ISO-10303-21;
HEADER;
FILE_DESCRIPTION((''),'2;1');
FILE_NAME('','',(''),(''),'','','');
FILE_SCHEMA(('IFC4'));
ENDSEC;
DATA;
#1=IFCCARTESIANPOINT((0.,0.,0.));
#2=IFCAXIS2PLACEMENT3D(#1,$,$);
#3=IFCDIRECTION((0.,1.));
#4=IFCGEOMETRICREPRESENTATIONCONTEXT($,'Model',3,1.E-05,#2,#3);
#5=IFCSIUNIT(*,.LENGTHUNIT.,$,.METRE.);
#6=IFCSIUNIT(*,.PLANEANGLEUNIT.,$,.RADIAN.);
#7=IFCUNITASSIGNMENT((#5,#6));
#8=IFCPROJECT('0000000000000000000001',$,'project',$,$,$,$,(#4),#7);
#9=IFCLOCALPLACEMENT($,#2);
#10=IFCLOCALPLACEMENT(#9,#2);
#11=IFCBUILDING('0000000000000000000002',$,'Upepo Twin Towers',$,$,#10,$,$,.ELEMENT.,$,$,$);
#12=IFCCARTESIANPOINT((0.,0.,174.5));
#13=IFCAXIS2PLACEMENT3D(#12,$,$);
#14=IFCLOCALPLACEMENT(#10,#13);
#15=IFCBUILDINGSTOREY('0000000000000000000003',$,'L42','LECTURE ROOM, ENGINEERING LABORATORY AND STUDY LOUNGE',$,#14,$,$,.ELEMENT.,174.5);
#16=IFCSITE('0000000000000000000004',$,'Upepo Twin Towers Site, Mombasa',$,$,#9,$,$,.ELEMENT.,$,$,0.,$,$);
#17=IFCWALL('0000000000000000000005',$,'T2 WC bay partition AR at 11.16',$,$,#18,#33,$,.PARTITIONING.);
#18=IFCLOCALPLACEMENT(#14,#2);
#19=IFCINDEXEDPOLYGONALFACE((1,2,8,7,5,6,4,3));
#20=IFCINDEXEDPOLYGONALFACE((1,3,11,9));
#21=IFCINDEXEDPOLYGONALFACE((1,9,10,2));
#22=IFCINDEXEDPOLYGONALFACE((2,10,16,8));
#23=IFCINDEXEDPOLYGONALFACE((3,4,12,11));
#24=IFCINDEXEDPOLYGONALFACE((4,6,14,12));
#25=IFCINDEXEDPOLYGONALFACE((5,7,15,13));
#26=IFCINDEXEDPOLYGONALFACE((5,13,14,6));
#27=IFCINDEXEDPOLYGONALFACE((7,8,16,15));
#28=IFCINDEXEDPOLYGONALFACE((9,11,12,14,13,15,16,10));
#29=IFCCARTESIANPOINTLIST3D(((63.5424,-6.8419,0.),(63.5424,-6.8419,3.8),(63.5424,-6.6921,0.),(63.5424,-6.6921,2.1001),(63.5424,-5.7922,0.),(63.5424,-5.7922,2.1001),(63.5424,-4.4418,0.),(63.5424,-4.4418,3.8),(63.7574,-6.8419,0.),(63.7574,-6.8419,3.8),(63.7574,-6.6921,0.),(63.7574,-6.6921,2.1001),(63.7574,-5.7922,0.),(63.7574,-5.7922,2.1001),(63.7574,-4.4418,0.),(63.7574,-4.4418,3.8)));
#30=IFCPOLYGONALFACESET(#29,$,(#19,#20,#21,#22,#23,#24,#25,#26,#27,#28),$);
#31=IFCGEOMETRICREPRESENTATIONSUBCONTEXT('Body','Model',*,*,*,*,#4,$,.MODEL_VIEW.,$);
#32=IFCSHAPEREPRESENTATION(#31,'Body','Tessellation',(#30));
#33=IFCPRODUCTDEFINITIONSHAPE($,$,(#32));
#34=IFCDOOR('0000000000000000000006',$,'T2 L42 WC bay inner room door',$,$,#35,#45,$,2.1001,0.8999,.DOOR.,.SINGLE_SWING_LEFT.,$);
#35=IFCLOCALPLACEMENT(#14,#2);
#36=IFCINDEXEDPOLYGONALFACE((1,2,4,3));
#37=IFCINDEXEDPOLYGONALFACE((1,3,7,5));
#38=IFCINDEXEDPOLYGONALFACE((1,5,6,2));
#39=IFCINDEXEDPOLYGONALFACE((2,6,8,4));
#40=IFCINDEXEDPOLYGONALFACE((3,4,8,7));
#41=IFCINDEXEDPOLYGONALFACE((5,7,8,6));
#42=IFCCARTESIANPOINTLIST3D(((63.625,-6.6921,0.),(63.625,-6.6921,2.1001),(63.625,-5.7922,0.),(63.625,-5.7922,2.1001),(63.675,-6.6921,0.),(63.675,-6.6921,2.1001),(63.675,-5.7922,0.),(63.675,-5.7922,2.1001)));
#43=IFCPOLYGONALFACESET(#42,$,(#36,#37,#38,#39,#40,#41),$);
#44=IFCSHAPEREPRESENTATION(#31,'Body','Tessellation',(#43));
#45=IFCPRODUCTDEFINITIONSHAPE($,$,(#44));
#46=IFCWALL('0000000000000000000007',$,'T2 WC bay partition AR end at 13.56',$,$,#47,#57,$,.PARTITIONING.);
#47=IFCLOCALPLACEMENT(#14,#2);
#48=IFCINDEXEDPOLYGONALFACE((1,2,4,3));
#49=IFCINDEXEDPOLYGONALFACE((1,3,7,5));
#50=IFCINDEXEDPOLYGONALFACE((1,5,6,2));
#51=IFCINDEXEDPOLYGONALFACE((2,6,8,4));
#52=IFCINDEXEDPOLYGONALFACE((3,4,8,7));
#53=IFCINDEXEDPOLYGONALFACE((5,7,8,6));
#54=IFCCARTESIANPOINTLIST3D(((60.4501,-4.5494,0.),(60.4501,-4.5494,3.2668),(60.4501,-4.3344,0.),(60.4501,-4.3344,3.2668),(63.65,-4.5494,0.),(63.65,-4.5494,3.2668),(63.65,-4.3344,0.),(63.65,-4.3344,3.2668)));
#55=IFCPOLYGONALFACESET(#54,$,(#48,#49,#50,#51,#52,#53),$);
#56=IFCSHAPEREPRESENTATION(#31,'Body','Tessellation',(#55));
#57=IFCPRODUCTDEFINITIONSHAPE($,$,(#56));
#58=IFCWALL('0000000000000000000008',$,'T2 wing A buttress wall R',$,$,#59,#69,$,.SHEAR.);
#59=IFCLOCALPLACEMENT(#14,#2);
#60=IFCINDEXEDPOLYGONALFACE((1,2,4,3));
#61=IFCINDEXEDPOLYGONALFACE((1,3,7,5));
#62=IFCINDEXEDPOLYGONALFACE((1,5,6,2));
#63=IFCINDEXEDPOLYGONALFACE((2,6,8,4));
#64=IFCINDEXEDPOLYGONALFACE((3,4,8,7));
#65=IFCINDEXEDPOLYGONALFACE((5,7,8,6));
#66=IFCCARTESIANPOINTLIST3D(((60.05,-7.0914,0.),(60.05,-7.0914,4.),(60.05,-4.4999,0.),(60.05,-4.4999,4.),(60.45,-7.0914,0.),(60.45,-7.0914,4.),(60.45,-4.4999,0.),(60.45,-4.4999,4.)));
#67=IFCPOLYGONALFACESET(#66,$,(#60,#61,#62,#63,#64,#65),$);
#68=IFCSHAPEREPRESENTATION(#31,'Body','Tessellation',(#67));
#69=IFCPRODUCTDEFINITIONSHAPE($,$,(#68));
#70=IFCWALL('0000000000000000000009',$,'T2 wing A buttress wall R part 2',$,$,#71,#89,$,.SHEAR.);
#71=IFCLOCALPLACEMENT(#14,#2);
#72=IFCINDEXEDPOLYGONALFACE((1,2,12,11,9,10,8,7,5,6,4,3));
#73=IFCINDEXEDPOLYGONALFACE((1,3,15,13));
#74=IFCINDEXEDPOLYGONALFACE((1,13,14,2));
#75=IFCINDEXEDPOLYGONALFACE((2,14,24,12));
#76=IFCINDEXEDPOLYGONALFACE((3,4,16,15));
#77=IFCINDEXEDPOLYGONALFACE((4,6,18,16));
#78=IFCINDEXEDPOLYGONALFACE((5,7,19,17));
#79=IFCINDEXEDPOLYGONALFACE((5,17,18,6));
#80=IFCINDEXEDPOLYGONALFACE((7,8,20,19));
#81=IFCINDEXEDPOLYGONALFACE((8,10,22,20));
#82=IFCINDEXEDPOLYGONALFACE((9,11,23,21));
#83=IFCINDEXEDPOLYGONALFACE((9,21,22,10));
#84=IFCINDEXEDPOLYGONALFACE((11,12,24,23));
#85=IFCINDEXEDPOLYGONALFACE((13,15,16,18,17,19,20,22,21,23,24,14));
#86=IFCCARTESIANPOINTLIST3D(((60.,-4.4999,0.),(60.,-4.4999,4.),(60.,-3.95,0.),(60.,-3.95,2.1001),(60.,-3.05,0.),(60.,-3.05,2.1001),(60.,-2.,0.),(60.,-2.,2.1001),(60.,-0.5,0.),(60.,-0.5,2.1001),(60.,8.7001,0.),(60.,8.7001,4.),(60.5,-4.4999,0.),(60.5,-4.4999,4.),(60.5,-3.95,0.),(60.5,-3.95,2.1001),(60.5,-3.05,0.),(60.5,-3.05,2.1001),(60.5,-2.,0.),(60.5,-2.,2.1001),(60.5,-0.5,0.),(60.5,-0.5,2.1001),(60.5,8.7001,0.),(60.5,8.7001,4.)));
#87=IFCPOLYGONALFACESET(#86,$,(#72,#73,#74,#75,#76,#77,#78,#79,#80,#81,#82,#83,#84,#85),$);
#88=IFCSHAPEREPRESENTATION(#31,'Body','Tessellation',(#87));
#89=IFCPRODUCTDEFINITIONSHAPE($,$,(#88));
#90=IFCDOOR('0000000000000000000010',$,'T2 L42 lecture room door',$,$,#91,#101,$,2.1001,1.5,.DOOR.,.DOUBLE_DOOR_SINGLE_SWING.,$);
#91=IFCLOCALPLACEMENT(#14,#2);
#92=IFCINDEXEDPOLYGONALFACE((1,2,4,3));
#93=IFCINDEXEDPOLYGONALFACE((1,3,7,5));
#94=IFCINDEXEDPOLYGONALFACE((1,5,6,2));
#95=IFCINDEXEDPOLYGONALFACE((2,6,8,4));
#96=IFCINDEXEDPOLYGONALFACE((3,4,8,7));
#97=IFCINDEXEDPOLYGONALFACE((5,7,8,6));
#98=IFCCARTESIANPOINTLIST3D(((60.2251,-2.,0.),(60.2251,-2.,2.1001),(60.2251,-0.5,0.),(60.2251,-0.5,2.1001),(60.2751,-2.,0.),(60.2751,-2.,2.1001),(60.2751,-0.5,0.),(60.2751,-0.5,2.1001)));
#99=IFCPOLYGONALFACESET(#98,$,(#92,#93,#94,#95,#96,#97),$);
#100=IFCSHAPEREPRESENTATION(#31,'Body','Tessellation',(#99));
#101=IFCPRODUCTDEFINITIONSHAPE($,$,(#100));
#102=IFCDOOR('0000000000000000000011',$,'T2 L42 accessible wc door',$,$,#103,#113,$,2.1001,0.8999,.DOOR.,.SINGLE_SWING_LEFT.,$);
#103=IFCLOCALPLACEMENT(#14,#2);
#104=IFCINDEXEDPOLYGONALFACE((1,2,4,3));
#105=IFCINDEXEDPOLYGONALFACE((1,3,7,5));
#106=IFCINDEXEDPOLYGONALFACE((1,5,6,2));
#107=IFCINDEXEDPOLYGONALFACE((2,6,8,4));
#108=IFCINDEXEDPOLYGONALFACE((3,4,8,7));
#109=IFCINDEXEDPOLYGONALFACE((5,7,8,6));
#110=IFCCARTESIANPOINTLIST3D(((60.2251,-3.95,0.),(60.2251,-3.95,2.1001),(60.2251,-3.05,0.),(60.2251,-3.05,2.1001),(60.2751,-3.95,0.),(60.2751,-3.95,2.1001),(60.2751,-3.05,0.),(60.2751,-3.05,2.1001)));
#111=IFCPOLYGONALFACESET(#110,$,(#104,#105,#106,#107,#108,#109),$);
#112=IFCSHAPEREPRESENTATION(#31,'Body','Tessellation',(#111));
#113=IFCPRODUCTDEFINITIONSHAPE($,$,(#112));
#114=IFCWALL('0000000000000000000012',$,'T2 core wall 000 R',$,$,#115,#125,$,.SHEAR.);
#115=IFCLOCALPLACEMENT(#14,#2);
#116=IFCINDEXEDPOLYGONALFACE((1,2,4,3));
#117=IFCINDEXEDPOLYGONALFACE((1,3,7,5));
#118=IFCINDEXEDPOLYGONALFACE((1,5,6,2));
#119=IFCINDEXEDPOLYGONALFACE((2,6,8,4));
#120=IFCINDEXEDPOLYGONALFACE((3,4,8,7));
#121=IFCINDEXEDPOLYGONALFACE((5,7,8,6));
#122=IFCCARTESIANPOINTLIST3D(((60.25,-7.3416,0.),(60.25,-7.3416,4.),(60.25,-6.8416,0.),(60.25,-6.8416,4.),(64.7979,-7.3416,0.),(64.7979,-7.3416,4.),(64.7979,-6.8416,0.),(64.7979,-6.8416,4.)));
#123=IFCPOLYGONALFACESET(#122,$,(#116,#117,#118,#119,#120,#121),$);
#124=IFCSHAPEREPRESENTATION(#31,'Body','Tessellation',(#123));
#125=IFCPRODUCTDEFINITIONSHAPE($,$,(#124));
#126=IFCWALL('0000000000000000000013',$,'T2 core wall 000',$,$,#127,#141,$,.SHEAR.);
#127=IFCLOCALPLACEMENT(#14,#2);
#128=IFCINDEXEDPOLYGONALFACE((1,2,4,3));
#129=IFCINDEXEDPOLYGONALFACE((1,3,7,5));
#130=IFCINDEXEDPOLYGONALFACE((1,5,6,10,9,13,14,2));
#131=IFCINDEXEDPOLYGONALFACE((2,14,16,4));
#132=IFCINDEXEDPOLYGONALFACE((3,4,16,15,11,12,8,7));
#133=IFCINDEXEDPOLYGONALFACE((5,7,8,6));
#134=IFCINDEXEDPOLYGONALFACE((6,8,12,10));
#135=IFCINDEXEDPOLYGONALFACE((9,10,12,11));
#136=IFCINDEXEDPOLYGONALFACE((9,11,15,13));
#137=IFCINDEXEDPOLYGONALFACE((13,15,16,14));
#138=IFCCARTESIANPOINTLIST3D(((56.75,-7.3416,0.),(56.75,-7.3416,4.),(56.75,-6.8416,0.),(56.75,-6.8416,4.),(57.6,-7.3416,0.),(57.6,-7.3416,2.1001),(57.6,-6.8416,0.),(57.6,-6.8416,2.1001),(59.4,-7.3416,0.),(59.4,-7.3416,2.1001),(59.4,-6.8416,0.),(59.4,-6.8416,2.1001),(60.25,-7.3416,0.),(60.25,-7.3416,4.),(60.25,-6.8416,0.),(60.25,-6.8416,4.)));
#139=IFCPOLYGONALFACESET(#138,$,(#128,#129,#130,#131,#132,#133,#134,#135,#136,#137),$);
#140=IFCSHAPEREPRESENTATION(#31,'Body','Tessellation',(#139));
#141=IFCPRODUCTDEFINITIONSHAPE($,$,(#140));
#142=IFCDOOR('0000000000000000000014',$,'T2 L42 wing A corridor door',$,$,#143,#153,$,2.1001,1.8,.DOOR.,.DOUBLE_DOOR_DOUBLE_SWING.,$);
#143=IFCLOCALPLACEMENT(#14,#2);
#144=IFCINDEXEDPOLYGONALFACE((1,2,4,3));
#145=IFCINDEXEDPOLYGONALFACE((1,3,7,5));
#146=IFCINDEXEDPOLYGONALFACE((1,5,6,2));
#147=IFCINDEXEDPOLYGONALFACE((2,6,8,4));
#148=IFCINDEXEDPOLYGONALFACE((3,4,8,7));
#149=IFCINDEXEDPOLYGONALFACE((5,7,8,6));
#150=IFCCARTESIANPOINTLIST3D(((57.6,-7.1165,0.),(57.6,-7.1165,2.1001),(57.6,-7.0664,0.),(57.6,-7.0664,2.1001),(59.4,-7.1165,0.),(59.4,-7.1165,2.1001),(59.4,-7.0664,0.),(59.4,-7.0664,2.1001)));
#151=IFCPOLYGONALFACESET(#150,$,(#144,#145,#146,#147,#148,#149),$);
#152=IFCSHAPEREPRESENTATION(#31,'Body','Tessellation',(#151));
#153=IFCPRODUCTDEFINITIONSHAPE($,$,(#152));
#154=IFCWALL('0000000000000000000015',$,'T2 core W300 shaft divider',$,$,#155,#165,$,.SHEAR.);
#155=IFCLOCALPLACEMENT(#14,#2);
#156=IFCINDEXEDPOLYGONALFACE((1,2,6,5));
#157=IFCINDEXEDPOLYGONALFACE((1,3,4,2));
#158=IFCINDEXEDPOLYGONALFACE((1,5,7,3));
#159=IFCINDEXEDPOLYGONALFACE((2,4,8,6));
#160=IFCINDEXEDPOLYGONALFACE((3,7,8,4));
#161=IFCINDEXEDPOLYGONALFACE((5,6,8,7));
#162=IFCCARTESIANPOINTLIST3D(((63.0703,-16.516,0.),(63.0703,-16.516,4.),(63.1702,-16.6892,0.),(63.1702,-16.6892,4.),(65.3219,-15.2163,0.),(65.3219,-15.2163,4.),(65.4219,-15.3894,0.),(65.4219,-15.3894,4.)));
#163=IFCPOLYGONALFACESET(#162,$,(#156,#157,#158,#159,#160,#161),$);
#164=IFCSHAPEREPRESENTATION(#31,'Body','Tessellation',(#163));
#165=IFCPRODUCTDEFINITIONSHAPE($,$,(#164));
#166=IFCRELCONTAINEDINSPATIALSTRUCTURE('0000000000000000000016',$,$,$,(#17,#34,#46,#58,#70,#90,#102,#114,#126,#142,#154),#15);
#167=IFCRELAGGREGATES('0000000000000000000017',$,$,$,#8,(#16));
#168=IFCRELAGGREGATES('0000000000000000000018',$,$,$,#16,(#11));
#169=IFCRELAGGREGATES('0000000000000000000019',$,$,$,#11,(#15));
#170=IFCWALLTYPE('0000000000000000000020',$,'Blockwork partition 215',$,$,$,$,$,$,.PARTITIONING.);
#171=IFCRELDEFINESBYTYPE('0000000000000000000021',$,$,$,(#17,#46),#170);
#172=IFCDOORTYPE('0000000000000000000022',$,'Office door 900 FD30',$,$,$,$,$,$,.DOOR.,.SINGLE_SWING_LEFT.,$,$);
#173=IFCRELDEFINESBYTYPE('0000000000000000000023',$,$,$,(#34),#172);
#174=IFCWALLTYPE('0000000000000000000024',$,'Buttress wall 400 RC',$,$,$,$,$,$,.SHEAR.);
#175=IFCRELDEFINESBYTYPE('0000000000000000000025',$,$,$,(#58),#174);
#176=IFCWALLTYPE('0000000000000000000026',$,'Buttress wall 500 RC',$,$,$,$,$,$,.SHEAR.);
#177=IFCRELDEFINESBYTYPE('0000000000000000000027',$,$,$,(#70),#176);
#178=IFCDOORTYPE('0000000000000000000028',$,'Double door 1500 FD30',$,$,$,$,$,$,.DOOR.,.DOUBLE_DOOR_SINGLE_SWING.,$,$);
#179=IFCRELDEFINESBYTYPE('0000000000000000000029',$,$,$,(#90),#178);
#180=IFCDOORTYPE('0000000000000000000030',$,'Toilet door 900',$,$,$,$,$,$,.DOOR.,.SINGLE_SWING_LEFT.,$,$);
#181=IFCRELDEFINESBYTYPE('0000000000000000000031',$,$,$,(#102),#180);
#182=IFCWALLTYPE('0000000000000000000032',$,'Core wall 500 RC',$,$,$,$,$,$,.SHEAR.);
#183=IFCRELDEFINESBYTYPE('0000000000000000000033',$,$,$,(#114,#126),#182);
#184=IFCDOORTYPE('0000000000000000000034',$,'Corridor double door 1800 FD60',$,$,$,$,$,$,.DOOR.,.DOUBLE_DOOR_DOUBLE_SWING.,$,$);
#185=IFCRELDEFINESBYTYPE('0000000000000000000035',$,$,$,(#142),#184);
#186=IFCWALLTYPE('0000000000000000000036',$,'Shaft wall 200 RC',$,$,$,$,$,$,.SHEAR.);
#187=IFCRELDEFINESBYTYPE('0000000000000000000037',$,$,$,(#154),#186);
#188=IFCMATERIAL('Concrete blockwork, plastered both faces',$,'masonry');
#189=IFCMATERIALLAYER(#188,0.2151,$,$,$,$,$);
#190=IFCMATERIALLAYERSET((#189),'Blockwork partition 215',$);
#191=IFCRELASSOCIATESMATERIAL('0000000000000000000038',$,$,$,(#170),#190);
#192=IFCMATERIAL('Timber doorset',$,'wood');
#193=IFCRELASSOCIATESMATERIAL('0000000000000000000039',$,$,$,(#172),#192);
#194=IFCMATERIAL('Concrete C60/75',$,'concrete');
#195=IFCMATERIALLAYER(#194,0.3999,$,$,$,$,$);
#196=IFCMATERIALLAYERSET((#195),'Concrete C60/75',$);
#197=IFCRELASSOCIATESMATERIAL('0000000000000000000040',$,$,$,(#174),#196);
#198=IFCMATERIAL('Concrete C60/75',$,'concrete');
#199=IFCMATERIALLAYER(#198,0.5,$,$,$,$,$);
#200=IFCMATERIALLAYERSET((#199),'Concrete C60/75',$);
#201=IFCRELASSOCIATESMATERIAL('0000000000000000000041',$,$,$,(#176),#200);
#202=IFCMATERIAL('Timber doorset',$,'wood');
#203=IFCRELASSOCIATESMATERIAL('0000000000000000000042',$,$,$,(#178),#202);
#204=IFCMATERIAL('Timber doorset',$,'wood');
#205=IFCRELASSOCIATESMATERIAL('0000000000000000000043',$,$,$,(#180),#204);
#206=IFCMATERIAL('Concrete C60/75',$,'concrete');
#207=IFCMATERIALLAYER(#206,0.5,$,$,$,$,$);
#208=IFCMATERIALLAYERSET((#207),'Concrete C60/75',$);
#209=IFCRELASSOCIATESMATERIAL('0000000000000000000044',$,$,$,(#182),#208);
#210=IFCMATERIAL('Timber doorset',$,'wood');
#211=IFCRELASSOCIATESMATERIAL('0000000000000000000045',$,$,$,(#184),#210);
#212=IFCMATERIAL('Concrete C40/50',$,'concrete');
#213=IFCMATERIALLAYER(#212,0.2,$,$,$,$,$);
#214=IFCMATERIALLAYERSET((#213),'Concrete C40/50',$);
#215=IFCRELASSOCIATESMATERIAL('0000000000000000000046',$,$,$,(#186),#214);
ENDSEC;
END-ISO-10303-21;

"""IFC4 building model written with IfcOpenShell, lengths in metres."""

from ifc_helpers import new_model, si_unit, direction, frame, frame_2d, origin, place, context, subcontext, project, spatial, rectangle, extrude, material, layer, layer_set, type_object, element, fill, save


model = new_model("IFC4")

# Units and contexts
model_context = context("Model", 3, precision=1e-05, world=origin(), true_north=direction((0.0, 1.0)))
body_context = subcontext(model_context, "Body", "Model", "MODEL_VIEW")
ifc_project = project(units=[si_unit("LENGTHUNIT", "METRE"), si_unit("PLANEANGLEUNIT", "RADIAN")], contexts=[model_context])

# Site, building, storey
site_placement = place(None, origin())
site = spatial("IfcSite", under=ifc_project, at=site_placement, Name="Upepo Twin Towers Site, Mombasa", CompositionType="ELEMENT", RefElevation=0.0)
building_placement = place(site_placement, origin())
building = spatial("IfcBuilding", under=site, at=building_placement, Name="Upepo Twin Towers", CompositionType="ELEMENT")
storey_placement = place(building_placement, frame((0.0, 0.0, 174.5)))
storey = spatial("IfcBuildingStorey", under=building, at=storey_placement, Name="L42", Description="LECTURE ROOM, ENGINEERING LABORATORY AND STUDY LOUNGE", CompositionType="ELEMENT", Elevation=174.5)

# Shared definitions
ifc_material_1 = material(Name="Concrete blockwork, plastered both faces", Category="masonry")
ifc_layer_1 = layer(ifc_material_1, 0.2151)
ifc_layer_set_1 = layer_set([ifc_layer_1], Name="Blockwork partition 215")
wall_type_1 = type_object("IfcWallType", Name="Blockwork partition 215", PredefinedType="PARTITIONING", material=ifc_layer_set_1)

# Wall, opening, door
wall_1_placement = place(storey_placement, frame((63.6499, -6.842, 0.0), z_axis=(0.0, 0.0, 1.0), x_axis=(0.0, 1.0, 0.0)))
wall_1 = element("IfcWall", 1, at=wall_1_placement, inside=storey, type_object=wall_type_1, Name="T2 WC bay partition AR at 11.16", PredefinedType="PARTITIONING", context=body_context, shape_type="SweptSolid", body=[
    extrude(rectangle(XDim=2.4001, YDim=0.2151, at=frame_2d((1.2002, 0.0))), origin(), (0.0, 0.0, 1.0), 3.8),
])
opening_1_placement = place(wall_1_placement, frame((0.1499, 0.0, 0.0)))
opening_1 = element("IfcOpeningElement", 2, at=opening_1_placement, cuts=wall_1, PredefinedType="OPENING", context=body_context, shape_type="SweptSolid", body=[
    extrude(rectangle(XDim=0.8999, YDim=2.1001, at=frame_2d((0.45, 1.05))), frame((0.0, 0.1174, 0.0), z_axis=(0.0, -1.0, 0.0), x_axis=(1.0, 0.0, 0.0)), (0.0, 0.0, 1.0), 0.2351),
])
ifc_material_2 = material(Name="Timber doorset", Category="wood")
door_type_1 = type_object("IfcDoorType", Name="Office door 900 FD30", OperationType="SINGLE_SWING_LEFT", PredefinedType="DOOR", material=ifc_material_2)
door_1_placement = place(opening_1_placement, origin())
door_1 = element("IfcDoor", 3, at=door_1_placement, inside=storey, type_object=door_type_1, Name="T2 L42 WC bay inner room door", OperationType="SINGLE_SWING_LEFT", OverallHeight=2.1001, OverallWidth=0.8999, PredefinedType="DOOR", context=body_context, shape_type="SweptSolid", body=[
    extrude(rectangle(XDim=0.8999, YDim=2.1001, at=frame_2d((0.45, 1.05))), frame((0.0, 0.0249, 0.0), z_axis=(0.0, -1.0, 0.0), x_axis=(1.0, 0.0, 0.0)), (0.0, 0.0, 1.0), 0.05),
])
fill(opening_1, door_1)

# Walls
wall_2_placement = place(storey_placement, frame((60.45, -4.4419, 0.0), z_axis=(0.0, 0.0, 1.0), x_axis=(1.0, 0.0, 0.0)))
element("IfcWall", 4, at=wall_2_placement, inside=storey, type_object=wall_type_1, Name="T2 WC bay partition AR end at 13.56", PredefinedType="PARTITIONING", context=body_context, shape_type="SweptSolid", body=[
    extrude(rectangle(XDim=3.2, YDim=0.2151, at=frame_2d((1.6001, 0.0))), origin(), (0.0, 0.0, 1.0), 3.2668),
])
ifc_material_3 = material(Name="Concrete C60/75", Category="concrete")
ifc_layer_2 = layer(ifc_material_3, 0.3999)
ifc_layer_set_2 = layer_set([ifc_layer_2], Name="Concrete C60/75")
wall_type_2 = type_object("IfcWallType", Name="Buttress wall 400 RC", PredefinedType="SHEAR", material=ifc_layer_set_2)
wall_3_placement = place(storey_placement, frame((60.25, -7.0916, 0.0), z_axis=(0.0, 0.0, 1.0), x_axis=(0.0, 1.0, 0.0)))
element("IfcWall", 5, at=wall_3_placement, inside=storey, type_object=wall_type_2, Name="T2 wing A buttress wall R", PredefinedType="SHEAR", context=body_context, shape_type="SweptSolid", body=[
    extrude(rectangle(XDim=2.5916, YDim=0.3999, at=frame_2d((1.2959, 0.0))), origin(), (0.0, 0.0, 1.0), 4.0),
])

# Wall, openings, doors
ifc_material_4 = material(Name="Concrete C60/75", Category="concrete")
ifc_layer_3 = layer(ifc_material_4, 0.5)
ifc_layer_set_3 = layer_set([ifc_layer_3], Name="Concrete C60/75")
wall_type_3 = type_object("IfcWallType", Name="Buttress wall 500 RC", PredefinedType="SHEAR", material=ifc_layer_set_3)
wall_4_placement = place(storey_placement, frame((60.25, -4.5, 0.0), z_axis=(0.0, 0.0, 1.0), x_axis=(0.0, 1.0, 0.0)))
wall_4 = element("IfcWall", 6, at=wall_4_placement, inside=storey, type_object=wall_type_3, Name="T2 wing A buttress wall R part 2", PredefinedType="SHEAR", context=body_context, shape_type="SweptSolid", body=[
    extrude(rectangle(XDim=13.2, YDim=0.5, at=frame_2d((6.6001, 0.0))), origin(), (0.0, 0.0, 1.0), 4.0),
])
opening_2_placement = place(wall_4_placement, frame((0.55, 0.0, 0.0)))
opening_2 = element("IfcOpeningElement", 7, at=opening_2_placement, cuts=wall_4, PredefinedType="OPENING", context=body_context, shape_type="SweptSolid", body=[
    extrude(rectangle(XDim=0.8999, YDim=2.1001, at=frame_2d((0.45, 1.05))), frame((0.0, 0.26, 0.0), z_axis=(0.0, -1.0, 0.0), x_axis=(1.0, 0.0, 0.0)), (0.0, 0.0, 1.0), 0.52),
])
opening_3_placement = place(wall_4_placement, frame((2.5, 0.0, 0.0)))
opening_3 = element("IfcOpeningElement", 8, at=opening_3_placement, cuts=wall_4, PredefinedType="OPENING", context=body_context, shape_type="SweptSolid", body=[
    extrude(rectangle(XDim=1.5, YDim=2.1001, at=frame_2d((0.75, 1.05))), frame((0.0, 0.26, 0.0), z_axis=(0.0, -1.0, 0.0), x_axis=(1.0, 0.0, 0.0)), (0.0, 0.0, 1.0), 0.52),
])
ifc_material_5 = material(Name="Timber doorset", Category="wood")
door_type_2 = type_object("IfcDoorType", Name="Double door 1500 FD30", OperationType="DOUBLE_DOOR_SINGLE_SWING", PredefinedType="DOOR", material=ifc_material_5)
door_2_placement = place(opening_3_placement, origin())
door_2 = element("IfcDoor", 9, at=door_2_placement, inside=storey, type_object=door_type_2, Name="T2 L42 lecture room door", OperationType="DOUBLE_DOOR_SINGLE_SWING", OverallHeight=2.1001, OverallWidth=1.5, PredefinedType="DOOR", context=body_context, shape_type="SweptSolid", body=[
    extrude(rectangle(XDim=1.5, YDim=2.1001, at=frame_2d((0.75, 1.05))), frame((0.0, 0.0249, 0.0), z_axis=(0.0, -1.0, 0.0), x_axis=(1.0, 0.0, 0.0)), (0.0, 0.0, 1.0), 0.05),
])
fill(opening_3, door_2)
ifc_material_6 = material(Name="Timber doorset", Category="wood")
door_type_3 = type_object("IfcDoorType", Name="Toilet door 900", OperationType="SINGLE_SWING_LEFT", PredefinedType="DOOR", material=ifc_material_6)
door_3_placement = place(opening_2_placement, origin())
door_3 = element("IfcDoor", 10, at=door_3_placement, inside=storey, type_object=door_type_3, Name="T2 L42 accessible wc door", OperationType="SINGLE_SWING_LEFT", OverallHeight=2.1001, OverallWidth=0.8999, PredefinedType="DOOR", context=body_context, shape_type="SweptSolid", body=[
    extrude(rectangle(XDim=0.8999, YDim=2.1001, at=frame_2d((0.45, 1.05))), frame((0.0, 0.0249, 0.0), z_axis=(0.0, -1.0, 0.0), x_axis=(1.0, 0.0, 0.0)), (0.0, 0.0, 1.0), 0.05),
])
fill(opening_2, door_3)

# Wall
ifc_material_7 = material(Name="Concrete C60/75", Category="concrete")
ifc_layer_4 = layer(ifc_material_7, 0.5)
ifc_layer_set_4 = layer_set([ifc_layer_4], Name="Concrete C60/75")
wall_type_4 = type_object("IfcWallType", Name="Core wall 500 RC", PredefinedType="SHEAR", material=ifc_layer_set_4)
wall_5_placement = place(storey_placement, frame((64.7979, -7.0916, 0.0), z_axis=(0.0, 0.0, 1.0), x_axis=(-1.0, 0.0, 0.0)))
element("IfcWall", 11, at=wall_5_placement, inside=storey, type_object=wall_type_4, Name="T2 core wall 000 R", PredefinedType="SHEAR", context=body_context, shape_type="SweptSolid", body=[
    extrude(rectangle(XDim=4.5479, YDim=0.5, at=frame_2d((2.2739, 0.0))), origin(), (0.0, 0.0, 1.0), 4.0),
])

# Wall, opening, door
wall_6_placement = place(storey_placement, frame((60.25, -7.0916, 0.0), z_axis=(0.0, 0.0, 1.0), x_axis=(-1.0, 0.0, 0.0)))
wall_6 = element("IfcWall", 12, at=wall_6_placement, inside=storey, type_object=wall_type_4, Name="T2 core wall 000", PredefinedType="SHEAR", context=body_context, shape_type="SweptSolid", body=[
    extrude(rectangle(XDim=3.5, YDim=0.5, at=frame_2d((1.75, 0.0))), origin(), (0.0, 0.0, 1.0), 4.0),
])
opening_4_placement = place(wall_6_placement, frame((0.8501, 0.0, 0.0)))
opening_4 = element("IfcOpeningElement", 13, at=opening_4_placement, cuts=wall_6, PredefinedType="OPENING", context=body_context, shape_type="SweptSolid", body=[
    extrude(rectangle(XDim=1.8, YDim=2.1001, at=frame_2d((0.8999, 1.05))), frame((0.0, 0.26, 0.0), z_axis=(0.0, -1.0, 0.0), x_axis=(1.0, 0.0, 0.0)), (0.0, 0.0, 1.0), 0.52),
])
ifc_material_8 = material(Name="Timber doorset", Category="wood")
door_type_4 = type_object("IfcDoorType", Name="Corridor double door 1800 FD60", OperationType="DOUBLE_DOOR_DOUBLE_SWING", PredefinedType="DOOR", material=ifc_material_8)
door_4_placement = place(opening_4_placement, origin())
door_4 = element("IfcDoor", 14, at=door_4_placement, inside=storey, type_object=door_type_4, Name="T2 L42 wing A corridor door", OperationType="DOUBLE_DOOR_DOUBLE_SWING", OverallHeight=2.1001, OverallWidth=1.8, PredefinedType="DOOR", context=body_context, shape_type="SweptSolid", body=[
    extrude(rectangle(XDim=1.8, YDim=2.1001, at=frame_2d((0.8999, 1.05))), frame((0.0, 0.0249, 0.0), z_axis=(0.0, -1.0, 0.0), x_axis=(1.0, 0.0, 0.0)), (0.0, 0.0, 1.0), 0.05),
])
fill(opening_4, door_4)

# Wall
ifc_material_9 = material(Name="Concrete C40/50", Category="concrete")
ifc_layer_5 = layer(ifc_material_9, 0.2)
ifc_layer_set_5 = layer_set([ifc_layer_5], Name="Concrete C40/50")
wall_type_5 = type_object("IfcWallType", Name="Shaft wall 200 RC", PredefinedType="SHEAR", material=ifc_layer_set_5)
wall_7_placement = place(storey_placement, frame((63.1204, -16.6025, 0.0), z_axis=(0.0, 0.0, 1.0), x_axis=(0.866062, 0.499937, 0.0)))
element("IfcWall", 15, at=wall_7_placement, inside=storey, type_object=wall_type_5, Name="T2 core W300 shaft divider", PredefinedType="SHEAR", context=body_context, shape_type="SweptSolid", body=[
    extrude(rectangle(XDim=2.5999, YDim=0.2, at=frame_2d((1.2998, 0.0))), origin(), (0.0, 0.0, 1.0), 4.0),
])

save(model, "model.ifc")
